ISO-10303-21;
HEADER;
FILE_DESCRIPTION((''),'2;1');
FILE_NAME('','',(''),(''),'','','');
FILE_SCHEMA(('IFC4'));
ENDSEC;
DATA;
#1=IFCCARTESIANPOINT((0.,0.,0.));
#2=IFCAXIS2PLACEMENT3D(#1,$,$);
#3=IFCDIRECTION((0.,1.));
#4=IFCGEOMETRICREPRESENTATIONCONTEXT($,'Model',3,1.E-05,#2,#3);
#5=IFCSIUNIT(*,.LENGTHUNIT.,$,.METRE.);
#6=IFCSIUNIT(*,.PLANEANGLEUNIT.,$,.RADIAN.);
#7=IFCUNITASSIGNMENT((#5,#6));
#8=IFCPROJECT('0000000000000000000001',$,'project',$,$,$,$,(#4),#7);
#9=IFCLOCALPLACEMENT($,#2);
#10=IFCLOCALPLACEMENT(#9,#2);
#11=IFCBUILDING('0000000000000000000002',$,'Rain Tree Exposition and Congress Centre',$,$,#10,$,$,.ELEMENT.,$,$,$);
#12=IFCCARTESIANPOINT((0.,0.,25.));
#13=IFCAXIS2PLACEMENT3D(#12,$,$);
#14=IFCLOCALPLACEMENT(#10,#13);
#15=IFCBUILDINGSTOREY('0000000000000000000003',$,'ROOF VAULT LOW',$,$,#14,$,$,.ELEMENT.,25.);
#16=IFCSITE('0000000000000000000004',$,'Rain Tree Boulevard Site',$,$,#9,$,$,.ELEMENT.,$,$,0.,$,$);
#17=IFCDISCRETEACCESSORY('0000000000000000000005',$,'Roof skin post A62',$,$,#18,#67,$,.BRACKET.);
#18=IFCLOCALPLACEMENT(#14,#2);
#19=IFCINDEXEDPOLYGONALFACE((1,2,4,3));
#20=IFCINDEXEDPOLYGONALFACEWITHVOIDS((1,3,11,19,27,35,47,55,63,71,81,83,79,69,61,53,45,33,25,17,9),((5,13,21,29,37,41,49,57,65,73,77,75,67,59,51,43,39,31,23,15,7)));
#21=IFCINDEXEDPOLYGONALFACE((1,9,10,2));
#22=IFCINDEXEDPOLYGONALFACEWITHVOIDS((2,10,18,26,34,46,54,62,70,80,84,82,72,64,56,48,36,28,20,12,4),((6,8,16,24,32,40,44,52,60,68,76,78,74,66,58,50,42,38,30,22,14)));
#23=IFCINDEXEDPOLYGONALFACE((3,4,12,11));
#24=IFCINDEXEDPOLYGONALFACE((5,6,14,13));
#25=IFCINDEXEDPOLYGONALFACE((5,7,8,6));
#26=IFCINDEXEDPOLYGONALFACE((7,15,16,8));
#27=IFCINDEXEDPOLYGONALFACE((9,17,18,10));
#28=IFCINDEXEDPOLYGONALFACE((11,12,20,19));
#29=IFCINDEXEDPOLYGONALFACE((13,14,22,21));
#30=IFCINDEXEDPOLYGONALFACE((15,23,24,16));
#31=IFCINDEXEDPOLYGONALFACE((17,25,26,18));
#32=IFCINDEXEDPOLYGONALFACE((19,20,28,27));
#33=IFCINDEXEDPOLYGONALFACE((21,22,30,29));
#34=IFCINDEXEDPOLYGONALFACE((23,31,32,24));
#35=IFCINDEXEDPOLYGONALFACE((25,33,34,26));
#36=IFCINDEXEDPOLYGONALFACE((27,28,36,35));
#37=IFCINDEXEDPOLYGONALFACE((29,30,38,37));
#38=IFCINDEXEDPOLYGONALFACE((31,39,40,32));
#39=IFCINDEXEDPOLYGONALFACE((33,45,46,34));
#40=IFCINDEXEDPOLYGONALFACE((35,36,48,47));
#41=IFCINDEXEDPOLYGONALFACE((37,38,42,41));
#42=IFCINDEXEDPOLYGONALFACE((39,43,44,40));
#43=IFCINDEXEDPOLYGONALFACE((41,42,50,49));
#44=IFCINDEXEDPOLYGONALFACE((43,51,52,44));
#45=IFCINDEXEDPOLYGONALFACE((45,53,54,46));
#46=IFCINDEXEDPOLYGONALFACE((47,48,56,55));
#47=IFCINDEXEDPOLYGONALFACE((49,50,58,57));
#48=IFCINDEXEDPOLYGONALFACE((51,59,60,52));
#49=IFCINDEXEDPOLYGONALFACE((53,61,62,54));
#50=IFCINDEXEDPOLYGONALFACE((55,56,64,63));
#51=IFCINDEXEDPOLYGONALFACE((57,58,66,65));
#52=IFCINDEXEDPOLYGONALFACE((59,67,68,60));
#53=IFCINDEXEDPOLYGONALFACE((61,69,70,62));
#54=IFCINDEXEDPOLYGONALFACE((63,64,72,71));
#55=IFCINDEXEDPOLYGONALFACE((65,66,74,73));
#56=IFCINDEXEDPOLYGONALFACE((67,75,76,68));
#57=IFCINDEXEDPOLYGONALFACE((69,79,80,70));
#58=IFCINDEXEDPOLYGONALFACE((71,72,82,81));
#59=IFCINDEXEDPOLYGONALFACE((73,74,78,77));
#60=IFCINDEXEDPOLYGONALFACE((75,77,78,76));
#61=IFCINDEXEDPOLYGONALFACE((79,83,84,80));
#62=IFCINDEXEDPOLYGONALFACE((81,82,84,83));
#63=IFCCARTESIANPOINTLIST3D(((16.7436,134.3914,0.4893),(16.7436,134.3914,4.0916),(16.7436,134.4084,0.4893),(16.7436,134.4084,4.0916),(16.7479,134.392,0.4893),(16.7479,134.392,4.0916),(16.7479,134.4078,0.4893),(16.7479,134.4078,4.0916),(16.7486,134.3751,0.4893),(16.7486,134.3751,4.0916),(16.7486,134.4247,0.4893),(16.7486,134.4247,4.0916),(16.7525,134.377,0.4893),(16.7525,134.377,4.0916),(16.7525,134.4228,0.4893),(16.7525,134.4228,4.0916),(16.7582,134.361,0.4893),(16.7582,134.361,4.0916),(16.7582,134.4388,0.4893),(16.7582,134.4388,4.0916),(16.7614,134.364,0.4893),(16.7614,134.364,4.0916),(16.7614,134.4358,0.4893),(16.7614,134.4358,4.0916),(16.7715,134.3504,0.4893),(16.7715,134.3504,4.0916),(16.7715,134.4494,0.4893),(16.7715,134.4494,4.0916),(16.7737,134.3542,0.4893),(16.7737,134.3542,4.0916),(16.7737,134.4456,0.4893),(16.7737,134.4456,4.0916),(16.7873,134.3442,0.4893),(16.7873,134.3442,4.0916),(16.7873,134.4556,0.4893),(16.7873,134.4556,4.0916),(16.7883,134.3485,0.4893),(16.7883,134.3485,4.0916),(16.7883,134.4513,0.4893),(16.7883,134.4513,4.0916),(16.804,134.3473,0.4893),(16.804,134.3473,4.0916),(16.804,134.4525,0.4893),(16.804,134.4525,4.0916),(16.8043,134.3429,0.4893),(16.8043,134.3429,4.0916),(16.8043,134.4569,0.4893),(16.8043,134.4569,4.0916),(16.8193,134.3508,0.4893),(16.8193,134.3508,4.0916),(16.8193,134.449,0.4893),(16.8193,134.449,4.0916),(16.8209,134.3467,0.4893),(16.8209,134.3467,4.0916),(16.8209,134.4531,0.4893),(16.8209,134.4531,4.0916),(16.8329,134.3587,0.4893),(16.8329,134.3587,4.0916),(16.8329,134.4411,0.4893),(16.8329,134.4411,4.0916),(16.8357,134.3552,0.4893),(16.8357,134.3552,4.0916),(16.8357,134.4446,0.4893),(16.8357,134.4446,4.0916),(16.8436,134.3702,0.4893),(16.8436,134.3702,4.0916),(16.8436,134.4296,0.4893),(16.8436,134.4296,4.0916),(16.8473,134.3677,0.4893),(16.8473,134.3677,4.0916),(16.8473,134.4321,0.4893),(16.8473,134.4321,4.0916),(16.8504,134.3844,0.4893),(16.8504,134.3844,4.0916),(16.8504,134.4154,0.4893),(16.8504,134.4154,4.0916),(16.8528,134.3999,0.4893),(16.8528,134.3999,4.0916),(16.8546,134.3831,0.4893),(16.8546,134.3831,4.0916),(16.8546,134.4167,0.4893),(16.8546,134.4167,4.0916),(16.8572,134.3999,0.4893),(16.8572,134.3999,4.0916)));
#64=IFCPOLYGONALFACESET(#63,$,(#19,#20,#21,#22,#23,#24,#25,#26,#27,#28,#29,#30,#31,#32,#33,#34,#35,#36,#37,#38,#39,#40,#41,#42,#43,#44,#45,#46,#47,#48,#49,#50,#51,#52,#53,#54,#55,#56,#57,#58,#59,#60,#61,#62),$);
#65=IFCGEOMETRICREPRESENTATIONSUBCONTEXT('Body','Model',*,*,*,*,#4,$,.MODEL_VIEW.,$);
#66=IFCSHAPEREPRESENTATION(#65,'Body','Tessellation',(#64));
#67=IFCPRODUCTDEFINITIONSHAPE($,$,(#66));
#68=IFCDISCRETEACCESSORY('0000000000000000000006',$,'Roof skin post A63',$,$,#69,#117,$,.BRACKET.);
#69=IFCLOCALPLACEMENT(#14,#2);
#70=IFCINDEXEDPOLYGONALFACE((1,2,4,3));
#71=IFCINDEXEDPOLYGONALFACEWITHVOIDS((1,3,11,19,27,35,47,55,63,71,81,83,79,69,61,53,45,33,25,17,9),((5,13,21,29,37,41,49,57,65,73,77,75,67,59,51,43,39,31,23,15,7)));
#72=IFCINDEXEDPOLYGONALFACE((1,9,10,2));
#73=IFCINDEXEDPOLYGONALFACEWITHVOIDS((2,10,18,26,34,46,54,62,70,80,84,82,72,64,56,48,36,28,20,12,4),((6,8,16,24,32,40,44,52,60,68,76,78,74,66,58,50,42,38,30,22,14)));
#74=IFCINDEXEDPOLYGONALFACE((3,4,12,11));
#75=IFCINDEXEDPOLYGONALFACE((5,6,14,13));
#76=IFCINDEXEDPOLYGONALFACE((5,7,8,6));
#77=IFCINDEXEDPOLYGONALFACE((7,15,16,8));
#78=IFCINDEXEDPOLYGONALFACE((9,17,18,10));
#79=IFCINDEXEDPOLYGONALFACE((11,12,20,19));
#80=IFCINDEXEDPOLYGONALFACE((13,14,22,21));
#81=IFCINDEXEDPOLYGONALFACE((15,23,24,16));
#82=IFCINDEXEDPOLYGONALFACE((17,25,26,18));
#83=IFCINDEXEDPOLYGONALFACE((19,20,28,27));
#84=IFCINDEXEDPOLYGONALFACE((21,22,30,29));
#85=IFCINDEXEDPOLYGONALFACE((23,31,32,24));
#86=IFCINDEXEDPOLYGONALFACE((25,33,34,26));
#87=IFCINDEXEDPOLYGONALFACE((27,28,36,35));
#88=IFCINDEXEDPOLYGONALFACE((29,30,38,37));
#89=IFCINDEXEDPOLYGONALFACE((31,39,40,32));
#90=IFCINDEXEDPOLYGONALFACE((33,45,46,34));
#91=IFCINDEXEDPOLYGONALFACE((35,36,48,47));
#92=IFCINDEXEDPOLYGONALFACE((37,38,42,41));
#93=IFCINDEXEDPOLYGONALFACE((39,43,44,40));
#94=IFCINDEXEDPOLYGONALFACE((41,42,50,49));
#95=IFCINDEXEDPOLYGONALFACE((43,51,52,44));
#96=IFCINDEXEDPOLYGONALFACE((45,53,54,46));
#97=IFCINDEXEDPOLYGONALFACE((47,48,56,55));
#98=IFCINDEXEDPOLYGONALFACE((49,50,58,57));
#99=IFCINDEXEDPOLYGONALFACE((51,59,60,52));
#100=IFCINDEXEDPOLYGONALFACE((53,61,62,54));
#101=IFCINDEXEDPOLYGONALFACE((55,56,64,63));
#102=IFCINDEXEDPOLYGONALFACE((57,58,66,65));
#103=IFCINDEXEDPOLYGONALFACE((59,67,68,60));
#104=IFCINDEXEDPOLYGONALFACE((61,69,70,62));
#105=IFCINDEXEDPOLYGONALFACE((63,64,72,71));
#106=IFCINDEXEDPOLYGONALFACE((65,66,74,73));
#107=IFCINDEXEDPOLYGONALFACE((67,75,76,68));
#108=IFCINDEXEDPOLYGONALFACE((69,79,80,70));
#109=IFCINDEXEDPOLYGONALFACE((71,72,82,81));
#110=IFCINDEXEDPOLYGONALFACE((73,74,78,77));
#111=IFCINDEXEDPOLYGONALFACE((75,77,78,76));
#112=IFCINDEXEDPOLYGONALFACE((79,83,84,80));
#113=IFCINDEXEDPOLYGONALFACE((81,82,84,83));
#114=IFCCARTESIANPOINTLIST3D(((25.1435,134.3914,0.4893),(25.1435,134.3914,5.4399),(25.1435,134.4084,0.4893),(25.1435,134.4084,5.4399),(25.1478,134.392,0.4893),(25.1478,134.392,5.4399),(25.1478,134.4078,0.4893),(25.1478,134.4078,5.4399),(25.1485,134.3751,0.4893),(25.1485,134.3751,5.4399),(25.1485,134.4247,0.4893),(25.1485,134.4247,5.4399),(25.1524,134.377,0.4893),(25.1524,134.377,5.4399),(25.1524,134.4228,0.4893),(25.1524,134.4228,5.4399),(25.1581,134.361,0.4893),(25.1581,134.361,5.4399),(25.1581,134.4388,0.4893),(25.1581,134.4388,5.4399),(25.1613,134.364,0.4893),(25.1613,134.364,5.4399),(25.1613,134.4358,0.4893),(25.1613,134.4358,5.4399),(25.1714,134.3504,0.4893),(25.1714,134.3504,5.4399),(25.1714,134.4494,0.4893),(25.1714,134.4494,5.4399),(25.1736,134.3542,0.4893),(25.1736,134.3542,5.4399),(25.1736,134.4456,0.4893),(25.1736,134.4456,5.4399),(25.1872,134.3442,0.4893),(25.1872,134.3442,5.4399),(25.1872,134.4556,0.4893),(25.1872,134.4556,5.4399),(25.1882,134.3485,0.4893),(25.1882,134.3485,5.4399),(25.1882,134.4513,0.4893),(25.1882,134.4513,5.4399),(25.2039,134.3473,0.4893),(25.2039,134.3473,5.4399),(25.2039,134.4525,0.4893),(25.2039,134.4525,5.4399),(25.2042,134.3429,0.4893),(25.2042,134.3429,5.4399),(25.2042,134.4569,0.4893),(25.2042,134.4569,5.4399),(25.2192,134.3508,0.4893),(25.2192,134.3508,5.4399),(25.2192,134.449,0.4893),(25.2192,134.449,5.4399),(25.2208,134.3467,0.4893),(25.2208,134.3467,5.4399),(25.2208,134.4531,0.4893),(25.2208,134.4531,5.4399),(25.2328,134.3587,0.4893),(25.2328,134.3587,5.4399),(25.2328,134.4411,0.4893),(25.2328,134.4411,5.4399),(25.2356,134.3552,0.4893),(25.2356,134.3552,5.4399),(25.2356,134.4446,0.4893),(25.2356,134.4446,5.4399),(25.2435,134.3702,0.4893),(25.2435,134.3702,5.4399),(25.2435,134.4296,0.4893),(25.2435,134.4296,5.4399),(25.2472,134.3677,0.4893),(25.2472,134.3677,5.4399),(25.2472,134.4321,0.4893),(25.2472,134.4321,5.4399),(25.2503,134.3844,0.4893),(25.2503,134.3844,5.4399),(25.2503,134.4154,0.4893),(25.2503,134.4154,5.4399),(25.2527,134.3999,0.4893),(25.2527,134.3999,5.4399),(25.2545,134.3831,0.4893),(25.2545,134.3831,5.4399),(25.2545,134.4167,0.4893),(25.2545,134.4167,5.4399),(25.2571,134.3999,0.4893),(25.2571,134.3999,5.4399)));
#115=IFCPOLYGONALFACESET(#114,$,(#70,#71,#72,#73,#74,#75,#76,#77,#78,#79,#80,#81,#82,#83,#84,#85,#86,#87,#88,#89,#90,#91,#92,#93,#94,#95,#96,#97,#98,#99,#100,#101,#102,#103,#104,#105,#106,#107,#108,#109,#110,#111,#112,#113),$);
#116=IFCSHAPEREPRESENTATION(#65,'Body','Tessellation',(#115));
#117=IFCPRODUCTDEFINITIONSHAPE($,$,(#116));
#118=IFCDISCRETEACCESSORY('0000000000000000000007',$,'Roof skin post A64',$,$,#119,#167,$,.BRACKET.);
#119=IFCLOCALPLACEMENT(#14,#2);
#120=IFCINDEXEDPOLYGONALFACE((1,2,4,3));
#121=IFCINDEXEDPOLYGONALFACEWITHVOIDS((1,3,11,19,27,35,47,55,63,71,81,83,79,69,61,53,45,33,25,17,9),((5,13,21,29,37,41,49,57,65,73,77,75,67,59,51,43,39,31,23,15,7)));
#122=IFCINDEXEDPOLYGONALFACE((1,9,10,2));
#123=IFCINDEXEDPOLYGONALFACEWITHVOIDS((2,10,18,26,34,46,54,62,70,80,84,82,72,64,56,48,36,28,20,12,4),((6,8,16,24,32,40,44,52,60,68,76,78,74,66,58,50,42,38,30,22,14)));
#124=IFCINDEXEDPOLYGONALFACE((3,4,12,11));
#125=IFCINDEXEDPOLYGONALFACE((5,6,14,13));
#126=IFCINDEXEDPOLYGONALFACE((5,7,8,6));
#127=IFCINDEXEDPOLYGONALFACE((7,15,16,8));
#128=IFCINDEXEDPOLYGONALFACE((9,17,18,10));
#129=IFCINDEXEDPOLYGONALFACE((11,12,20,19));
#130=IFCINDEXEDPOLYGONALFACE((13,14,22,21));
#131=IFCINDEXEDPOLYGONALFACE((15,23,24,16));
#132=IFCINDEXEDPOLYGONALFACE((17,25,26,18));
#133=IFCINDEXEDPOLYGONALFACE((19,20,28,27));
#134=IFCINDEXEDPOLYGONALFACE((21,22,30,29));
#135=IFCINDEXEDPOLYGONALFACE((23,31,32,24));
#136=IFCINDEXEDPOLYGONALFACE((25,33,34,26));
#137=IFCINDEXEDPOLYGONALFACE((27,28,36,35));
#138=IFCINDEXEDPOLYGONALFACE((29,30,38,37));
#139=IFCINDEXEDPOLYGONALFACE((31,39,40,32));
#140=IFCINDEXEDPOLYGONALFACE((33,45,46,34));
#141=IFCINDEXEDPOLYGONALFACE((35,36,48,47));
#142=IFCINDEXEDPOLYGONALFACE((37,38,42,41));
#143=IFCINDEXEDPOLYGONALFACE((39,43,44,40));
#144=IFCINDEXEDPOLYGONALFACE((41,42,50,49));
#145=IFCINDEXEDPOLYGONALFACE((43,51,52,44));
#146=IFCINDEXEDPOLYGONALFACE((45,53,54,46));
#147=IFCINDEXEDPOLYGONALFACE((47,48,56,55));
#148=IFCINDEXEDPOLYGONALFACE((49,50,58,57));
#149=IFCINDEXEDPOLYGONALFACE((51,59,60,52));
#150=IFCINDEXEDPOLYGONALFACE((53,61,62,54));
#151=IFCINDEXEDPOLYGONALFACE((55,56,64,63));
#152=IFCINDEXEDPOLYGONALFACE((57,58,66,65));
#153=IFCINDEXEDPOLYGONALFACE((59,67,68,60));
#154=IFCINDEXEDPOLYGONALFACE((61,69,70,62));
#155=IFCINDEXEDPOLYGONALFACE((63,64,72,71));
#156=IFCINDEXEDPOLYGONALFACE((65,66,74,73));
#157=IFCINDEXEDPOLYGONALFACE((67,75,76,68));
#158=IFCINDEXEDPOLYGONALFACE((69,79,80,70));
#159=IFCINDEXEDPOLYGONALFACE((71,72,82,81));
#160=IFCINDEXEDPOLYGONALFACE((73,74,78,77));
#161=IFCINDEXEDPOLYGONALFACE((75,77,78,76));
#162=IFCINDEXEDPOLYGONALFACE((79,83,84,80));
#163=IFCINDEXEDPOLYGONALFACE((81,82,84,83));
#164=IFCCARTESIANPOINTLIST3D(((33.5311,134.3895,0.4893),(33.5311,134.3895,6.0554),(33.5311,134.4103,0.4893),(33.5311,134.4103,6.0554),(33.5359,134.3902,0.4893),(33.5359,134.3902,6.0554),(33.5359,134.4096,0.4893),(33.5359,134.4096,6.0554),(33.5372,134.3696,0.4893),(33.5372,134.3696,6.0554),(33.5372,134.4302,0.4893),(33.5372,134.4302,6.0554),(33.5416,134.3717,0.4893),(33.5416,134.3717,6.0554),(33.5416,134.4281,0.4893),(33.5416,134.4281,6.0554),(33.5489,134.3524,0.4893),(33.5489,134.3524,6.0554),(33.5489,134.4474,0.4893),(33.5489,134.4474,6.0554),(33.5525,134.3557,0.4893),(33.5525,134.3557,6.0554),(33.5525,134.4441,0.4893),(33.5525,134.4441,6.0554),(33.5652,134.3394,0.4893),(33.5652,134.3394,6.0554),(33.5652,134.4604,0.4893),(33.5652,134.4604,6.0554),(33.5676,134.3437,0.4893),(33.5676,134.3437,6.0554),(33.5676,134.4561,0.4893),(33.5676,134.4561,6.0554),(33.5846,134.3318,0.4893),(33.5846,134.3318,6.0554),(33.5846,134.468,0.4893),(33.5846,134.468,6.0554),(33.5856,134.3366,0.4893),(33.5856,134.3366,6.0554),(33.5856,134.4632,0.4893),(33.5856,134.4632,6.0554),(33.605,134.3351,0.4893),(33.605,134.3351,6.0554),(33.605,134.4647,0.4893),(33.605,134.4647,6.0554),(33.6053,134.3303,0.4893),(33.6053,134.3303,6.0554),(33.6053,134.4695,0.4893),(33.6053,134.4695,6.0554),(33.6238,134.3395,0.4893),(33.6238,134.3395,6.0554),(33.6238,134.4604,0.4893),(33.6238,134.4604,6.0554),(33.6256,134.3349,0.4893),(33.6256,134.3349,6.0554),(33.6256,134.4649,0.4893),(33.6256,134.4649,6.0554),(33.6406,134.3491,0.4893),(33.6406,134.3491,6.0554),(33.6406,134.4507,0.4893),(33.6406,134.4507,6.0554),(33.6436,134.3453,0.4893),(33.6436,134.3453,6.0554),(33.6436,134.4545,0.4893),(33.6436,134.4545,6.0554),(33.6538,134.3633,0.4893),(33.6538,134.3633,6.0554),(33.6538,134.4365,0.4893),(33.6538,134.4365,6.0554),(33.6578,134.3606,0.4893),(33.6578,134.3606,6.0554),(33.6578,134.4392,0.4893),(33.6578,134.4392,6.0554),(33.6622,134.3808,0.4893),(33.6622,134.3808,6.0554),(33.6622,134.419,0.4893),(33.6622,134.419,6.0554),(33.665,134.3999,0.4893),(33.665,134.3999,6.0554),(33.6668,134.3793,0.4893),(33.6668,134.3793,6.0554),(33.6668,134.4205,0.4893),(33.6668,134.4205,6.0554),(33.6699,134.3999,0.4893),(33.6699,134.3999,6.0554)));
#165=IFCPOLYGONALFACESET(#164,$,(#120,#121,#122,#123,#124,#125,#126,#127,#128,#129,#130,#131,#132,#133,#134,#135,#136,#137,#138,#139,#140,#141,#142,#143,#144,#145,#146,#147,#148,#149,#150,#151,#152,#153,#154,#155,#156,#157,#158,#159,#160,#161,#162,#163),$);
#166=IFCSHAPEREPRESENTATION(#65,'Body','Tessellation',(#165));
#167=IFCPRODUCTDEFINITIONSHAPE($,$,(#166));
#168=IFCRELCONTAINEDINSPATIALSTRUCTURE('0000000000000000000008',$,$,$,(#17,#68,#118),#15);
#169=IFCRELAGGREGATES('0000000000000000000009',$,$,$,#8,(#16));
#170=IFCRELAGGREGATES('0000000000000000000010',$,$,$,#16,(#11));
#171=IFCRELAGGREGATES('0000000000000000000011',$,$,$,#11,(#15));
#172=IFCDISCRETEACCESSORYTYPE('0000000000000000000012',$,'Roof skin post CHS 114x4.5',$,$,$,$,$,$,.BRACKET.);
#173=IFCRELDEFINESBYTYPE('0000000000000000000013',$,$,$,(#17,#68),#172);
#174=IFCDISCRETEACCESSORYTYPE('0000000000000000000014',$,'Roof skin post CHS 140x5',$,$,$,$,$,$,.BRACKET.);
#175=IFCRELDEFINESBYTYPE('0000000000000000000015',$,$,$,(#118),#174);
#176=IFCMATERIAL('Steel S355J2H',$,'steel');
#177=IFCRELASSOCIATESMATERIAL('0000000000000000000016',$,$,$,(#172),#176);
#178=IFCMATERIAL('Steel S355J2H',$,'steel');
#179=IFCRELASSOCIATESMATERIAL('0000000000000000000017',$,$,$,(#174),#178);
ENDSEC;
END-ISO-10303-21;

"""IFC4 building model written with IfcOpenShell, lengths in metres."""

from ifc_helpers import new_model, si_unit, direction, frame, origin, origin_2d, place, context, subcontext, project, spatial, hollow_circle, extrude, material, material_profile, profile_set, type_object, element, save


model = new_model("IFC4")

# Units and contexts
model_context = context("Model", 3, precision=1e-05, world=origin(), true_north=direction((0.0, 1.0)))
body_context = subcontext(model_context, "Body", "Model", "MODEL_VIEW")
ifc_project = project(units=[si_unit("LENGTHUNIT", "METRE"), si_unit("PLANEANGLEUNIT", "RADIAN")], contexts=[model_context])

# Site, building, storey
site_placement = place(None, origin())
site = spatial("IfcSite", under=ifc_project, at=site_placement, Name="Rain Tree Boulevard Site", CompositionType="ELEMENT", RefElevation=0.0)
building_placement = place(site_placement, origin())
building = spatial("IfcBuilding", under=site, at=building_placement, Name="Rain Tree Exposition and Congress Centre", CompositionType="ELEMENT")
storey_placement = place(building_placement, frame((0.0, 0.0, 25.0)))
storey = spatial("IfcBuildingStorey", under=building, at=storey_placement, Name="ROOF VAULT LOW", CompositionType="ELEMENT", Elevation=25.0)

# Discrete accessories
ifc_material_1 = material(Name="Steel S355J2H", Category="steel")
ifc_material_profile_1 = material_profile(ifc_material_1, hollow_circle(Radius=0.0571, WallThickness=0.0044, at=origin_2d()), Name="CHS 114x4.5")
ifc_profile_set_1 = profile_set([ifc_material_profile_1], Name="Steel S355J2H")
discrete_accessory_type_1 = type_object("IfcDiscreteAccessoryType", Name="Roof skin post CHS 114x4.5", PredefinedType="BRACKET", material=ifc_profile_set_1)
discrete_accessory_1_placement = place(storey_placement, frame((16.8, 134.3999, 0.4893), z_axis=(0.0, 0.0, 1.0), x_axis=(1.0, 0.0, 0.0)))
element("IfcDiscreteAccessory", 1, at=discrete_accessory_1_placement, inside=storey, type_object=discrete_accessory_type_1, Name="Roof skin post A62", PredefinedType="BRACKET", context=body_context, shape_type="SweptSolid", body=[
    extrude(hollow_circle(Radius=0.0571, WallThickness=0.0044, at=origin_2d()), origin(), (0.0, 0.0, 1.0), 3.6023),
])
discrete_accessory_2_placement = place(storey_placement, frame((25.2, 134.3999, 0.4893), z_axis=(0.0, 0.0, 1.0), x_axis=(1.0, 0.0, 0.0)))
element("IfcDiscreteAccessory", 2, at=discrete_accessory_2_placement, inside=storey, type_object=discrete_accessory_type_1, Name="Roof skin post A63", PredefinedType="BRACKET", context=body_context, shape_type="SweptSolid", body=[
    extrude(hollow_circle(Radius=0.0571, WallThickness=0.0044, at=origin_2d()), origin(), (0.0, 0.0, 1.0), 4.9507),
])
ifc_material_2 = material(Name="Steel S355J2H", Category="steel")
ifc_material_profile_2 = material_profile(ifc_material_2, hollow_circle(Radius=0.0698, WallThickness=0.0049, at=origin_2d()), Name="CHS 140x5")
ifc_profile_set_2 = profile_set([ifc_material_profile_2], Name="Steel S355J2H")
discrete_accessory_type_2 = type_object("IfcDiscreteAccessoryType", Name="Roof skin post CHS 140x5", PredefinedType="BRACKET", material=ifc_profile_set_2)
discrete_accessory_3_placement = place(storey_placement, frame((33.6001, 134.3999, 0.4893), z_axis=(0.0, 0.0, 1.0), x_axis=(1.0, 0.0, 0.0)))
element("IfcDiscreteAccessory", 3, at=discrete_accessory_3_placement, inside=storey, type_object=discrete_accessory_type_2, Name="Roof skin post A64", PredefinedType="BRACKET", context=body_context, shape_type="SweptSolid", body=[
    extrude(hollow_circle(Radius=0.0698, WallThickness=0.0049, at=origin_2d()), origin(), (0.0, 0.0, 1.0), 5.5662),
])

save(model, "model.ifc")
